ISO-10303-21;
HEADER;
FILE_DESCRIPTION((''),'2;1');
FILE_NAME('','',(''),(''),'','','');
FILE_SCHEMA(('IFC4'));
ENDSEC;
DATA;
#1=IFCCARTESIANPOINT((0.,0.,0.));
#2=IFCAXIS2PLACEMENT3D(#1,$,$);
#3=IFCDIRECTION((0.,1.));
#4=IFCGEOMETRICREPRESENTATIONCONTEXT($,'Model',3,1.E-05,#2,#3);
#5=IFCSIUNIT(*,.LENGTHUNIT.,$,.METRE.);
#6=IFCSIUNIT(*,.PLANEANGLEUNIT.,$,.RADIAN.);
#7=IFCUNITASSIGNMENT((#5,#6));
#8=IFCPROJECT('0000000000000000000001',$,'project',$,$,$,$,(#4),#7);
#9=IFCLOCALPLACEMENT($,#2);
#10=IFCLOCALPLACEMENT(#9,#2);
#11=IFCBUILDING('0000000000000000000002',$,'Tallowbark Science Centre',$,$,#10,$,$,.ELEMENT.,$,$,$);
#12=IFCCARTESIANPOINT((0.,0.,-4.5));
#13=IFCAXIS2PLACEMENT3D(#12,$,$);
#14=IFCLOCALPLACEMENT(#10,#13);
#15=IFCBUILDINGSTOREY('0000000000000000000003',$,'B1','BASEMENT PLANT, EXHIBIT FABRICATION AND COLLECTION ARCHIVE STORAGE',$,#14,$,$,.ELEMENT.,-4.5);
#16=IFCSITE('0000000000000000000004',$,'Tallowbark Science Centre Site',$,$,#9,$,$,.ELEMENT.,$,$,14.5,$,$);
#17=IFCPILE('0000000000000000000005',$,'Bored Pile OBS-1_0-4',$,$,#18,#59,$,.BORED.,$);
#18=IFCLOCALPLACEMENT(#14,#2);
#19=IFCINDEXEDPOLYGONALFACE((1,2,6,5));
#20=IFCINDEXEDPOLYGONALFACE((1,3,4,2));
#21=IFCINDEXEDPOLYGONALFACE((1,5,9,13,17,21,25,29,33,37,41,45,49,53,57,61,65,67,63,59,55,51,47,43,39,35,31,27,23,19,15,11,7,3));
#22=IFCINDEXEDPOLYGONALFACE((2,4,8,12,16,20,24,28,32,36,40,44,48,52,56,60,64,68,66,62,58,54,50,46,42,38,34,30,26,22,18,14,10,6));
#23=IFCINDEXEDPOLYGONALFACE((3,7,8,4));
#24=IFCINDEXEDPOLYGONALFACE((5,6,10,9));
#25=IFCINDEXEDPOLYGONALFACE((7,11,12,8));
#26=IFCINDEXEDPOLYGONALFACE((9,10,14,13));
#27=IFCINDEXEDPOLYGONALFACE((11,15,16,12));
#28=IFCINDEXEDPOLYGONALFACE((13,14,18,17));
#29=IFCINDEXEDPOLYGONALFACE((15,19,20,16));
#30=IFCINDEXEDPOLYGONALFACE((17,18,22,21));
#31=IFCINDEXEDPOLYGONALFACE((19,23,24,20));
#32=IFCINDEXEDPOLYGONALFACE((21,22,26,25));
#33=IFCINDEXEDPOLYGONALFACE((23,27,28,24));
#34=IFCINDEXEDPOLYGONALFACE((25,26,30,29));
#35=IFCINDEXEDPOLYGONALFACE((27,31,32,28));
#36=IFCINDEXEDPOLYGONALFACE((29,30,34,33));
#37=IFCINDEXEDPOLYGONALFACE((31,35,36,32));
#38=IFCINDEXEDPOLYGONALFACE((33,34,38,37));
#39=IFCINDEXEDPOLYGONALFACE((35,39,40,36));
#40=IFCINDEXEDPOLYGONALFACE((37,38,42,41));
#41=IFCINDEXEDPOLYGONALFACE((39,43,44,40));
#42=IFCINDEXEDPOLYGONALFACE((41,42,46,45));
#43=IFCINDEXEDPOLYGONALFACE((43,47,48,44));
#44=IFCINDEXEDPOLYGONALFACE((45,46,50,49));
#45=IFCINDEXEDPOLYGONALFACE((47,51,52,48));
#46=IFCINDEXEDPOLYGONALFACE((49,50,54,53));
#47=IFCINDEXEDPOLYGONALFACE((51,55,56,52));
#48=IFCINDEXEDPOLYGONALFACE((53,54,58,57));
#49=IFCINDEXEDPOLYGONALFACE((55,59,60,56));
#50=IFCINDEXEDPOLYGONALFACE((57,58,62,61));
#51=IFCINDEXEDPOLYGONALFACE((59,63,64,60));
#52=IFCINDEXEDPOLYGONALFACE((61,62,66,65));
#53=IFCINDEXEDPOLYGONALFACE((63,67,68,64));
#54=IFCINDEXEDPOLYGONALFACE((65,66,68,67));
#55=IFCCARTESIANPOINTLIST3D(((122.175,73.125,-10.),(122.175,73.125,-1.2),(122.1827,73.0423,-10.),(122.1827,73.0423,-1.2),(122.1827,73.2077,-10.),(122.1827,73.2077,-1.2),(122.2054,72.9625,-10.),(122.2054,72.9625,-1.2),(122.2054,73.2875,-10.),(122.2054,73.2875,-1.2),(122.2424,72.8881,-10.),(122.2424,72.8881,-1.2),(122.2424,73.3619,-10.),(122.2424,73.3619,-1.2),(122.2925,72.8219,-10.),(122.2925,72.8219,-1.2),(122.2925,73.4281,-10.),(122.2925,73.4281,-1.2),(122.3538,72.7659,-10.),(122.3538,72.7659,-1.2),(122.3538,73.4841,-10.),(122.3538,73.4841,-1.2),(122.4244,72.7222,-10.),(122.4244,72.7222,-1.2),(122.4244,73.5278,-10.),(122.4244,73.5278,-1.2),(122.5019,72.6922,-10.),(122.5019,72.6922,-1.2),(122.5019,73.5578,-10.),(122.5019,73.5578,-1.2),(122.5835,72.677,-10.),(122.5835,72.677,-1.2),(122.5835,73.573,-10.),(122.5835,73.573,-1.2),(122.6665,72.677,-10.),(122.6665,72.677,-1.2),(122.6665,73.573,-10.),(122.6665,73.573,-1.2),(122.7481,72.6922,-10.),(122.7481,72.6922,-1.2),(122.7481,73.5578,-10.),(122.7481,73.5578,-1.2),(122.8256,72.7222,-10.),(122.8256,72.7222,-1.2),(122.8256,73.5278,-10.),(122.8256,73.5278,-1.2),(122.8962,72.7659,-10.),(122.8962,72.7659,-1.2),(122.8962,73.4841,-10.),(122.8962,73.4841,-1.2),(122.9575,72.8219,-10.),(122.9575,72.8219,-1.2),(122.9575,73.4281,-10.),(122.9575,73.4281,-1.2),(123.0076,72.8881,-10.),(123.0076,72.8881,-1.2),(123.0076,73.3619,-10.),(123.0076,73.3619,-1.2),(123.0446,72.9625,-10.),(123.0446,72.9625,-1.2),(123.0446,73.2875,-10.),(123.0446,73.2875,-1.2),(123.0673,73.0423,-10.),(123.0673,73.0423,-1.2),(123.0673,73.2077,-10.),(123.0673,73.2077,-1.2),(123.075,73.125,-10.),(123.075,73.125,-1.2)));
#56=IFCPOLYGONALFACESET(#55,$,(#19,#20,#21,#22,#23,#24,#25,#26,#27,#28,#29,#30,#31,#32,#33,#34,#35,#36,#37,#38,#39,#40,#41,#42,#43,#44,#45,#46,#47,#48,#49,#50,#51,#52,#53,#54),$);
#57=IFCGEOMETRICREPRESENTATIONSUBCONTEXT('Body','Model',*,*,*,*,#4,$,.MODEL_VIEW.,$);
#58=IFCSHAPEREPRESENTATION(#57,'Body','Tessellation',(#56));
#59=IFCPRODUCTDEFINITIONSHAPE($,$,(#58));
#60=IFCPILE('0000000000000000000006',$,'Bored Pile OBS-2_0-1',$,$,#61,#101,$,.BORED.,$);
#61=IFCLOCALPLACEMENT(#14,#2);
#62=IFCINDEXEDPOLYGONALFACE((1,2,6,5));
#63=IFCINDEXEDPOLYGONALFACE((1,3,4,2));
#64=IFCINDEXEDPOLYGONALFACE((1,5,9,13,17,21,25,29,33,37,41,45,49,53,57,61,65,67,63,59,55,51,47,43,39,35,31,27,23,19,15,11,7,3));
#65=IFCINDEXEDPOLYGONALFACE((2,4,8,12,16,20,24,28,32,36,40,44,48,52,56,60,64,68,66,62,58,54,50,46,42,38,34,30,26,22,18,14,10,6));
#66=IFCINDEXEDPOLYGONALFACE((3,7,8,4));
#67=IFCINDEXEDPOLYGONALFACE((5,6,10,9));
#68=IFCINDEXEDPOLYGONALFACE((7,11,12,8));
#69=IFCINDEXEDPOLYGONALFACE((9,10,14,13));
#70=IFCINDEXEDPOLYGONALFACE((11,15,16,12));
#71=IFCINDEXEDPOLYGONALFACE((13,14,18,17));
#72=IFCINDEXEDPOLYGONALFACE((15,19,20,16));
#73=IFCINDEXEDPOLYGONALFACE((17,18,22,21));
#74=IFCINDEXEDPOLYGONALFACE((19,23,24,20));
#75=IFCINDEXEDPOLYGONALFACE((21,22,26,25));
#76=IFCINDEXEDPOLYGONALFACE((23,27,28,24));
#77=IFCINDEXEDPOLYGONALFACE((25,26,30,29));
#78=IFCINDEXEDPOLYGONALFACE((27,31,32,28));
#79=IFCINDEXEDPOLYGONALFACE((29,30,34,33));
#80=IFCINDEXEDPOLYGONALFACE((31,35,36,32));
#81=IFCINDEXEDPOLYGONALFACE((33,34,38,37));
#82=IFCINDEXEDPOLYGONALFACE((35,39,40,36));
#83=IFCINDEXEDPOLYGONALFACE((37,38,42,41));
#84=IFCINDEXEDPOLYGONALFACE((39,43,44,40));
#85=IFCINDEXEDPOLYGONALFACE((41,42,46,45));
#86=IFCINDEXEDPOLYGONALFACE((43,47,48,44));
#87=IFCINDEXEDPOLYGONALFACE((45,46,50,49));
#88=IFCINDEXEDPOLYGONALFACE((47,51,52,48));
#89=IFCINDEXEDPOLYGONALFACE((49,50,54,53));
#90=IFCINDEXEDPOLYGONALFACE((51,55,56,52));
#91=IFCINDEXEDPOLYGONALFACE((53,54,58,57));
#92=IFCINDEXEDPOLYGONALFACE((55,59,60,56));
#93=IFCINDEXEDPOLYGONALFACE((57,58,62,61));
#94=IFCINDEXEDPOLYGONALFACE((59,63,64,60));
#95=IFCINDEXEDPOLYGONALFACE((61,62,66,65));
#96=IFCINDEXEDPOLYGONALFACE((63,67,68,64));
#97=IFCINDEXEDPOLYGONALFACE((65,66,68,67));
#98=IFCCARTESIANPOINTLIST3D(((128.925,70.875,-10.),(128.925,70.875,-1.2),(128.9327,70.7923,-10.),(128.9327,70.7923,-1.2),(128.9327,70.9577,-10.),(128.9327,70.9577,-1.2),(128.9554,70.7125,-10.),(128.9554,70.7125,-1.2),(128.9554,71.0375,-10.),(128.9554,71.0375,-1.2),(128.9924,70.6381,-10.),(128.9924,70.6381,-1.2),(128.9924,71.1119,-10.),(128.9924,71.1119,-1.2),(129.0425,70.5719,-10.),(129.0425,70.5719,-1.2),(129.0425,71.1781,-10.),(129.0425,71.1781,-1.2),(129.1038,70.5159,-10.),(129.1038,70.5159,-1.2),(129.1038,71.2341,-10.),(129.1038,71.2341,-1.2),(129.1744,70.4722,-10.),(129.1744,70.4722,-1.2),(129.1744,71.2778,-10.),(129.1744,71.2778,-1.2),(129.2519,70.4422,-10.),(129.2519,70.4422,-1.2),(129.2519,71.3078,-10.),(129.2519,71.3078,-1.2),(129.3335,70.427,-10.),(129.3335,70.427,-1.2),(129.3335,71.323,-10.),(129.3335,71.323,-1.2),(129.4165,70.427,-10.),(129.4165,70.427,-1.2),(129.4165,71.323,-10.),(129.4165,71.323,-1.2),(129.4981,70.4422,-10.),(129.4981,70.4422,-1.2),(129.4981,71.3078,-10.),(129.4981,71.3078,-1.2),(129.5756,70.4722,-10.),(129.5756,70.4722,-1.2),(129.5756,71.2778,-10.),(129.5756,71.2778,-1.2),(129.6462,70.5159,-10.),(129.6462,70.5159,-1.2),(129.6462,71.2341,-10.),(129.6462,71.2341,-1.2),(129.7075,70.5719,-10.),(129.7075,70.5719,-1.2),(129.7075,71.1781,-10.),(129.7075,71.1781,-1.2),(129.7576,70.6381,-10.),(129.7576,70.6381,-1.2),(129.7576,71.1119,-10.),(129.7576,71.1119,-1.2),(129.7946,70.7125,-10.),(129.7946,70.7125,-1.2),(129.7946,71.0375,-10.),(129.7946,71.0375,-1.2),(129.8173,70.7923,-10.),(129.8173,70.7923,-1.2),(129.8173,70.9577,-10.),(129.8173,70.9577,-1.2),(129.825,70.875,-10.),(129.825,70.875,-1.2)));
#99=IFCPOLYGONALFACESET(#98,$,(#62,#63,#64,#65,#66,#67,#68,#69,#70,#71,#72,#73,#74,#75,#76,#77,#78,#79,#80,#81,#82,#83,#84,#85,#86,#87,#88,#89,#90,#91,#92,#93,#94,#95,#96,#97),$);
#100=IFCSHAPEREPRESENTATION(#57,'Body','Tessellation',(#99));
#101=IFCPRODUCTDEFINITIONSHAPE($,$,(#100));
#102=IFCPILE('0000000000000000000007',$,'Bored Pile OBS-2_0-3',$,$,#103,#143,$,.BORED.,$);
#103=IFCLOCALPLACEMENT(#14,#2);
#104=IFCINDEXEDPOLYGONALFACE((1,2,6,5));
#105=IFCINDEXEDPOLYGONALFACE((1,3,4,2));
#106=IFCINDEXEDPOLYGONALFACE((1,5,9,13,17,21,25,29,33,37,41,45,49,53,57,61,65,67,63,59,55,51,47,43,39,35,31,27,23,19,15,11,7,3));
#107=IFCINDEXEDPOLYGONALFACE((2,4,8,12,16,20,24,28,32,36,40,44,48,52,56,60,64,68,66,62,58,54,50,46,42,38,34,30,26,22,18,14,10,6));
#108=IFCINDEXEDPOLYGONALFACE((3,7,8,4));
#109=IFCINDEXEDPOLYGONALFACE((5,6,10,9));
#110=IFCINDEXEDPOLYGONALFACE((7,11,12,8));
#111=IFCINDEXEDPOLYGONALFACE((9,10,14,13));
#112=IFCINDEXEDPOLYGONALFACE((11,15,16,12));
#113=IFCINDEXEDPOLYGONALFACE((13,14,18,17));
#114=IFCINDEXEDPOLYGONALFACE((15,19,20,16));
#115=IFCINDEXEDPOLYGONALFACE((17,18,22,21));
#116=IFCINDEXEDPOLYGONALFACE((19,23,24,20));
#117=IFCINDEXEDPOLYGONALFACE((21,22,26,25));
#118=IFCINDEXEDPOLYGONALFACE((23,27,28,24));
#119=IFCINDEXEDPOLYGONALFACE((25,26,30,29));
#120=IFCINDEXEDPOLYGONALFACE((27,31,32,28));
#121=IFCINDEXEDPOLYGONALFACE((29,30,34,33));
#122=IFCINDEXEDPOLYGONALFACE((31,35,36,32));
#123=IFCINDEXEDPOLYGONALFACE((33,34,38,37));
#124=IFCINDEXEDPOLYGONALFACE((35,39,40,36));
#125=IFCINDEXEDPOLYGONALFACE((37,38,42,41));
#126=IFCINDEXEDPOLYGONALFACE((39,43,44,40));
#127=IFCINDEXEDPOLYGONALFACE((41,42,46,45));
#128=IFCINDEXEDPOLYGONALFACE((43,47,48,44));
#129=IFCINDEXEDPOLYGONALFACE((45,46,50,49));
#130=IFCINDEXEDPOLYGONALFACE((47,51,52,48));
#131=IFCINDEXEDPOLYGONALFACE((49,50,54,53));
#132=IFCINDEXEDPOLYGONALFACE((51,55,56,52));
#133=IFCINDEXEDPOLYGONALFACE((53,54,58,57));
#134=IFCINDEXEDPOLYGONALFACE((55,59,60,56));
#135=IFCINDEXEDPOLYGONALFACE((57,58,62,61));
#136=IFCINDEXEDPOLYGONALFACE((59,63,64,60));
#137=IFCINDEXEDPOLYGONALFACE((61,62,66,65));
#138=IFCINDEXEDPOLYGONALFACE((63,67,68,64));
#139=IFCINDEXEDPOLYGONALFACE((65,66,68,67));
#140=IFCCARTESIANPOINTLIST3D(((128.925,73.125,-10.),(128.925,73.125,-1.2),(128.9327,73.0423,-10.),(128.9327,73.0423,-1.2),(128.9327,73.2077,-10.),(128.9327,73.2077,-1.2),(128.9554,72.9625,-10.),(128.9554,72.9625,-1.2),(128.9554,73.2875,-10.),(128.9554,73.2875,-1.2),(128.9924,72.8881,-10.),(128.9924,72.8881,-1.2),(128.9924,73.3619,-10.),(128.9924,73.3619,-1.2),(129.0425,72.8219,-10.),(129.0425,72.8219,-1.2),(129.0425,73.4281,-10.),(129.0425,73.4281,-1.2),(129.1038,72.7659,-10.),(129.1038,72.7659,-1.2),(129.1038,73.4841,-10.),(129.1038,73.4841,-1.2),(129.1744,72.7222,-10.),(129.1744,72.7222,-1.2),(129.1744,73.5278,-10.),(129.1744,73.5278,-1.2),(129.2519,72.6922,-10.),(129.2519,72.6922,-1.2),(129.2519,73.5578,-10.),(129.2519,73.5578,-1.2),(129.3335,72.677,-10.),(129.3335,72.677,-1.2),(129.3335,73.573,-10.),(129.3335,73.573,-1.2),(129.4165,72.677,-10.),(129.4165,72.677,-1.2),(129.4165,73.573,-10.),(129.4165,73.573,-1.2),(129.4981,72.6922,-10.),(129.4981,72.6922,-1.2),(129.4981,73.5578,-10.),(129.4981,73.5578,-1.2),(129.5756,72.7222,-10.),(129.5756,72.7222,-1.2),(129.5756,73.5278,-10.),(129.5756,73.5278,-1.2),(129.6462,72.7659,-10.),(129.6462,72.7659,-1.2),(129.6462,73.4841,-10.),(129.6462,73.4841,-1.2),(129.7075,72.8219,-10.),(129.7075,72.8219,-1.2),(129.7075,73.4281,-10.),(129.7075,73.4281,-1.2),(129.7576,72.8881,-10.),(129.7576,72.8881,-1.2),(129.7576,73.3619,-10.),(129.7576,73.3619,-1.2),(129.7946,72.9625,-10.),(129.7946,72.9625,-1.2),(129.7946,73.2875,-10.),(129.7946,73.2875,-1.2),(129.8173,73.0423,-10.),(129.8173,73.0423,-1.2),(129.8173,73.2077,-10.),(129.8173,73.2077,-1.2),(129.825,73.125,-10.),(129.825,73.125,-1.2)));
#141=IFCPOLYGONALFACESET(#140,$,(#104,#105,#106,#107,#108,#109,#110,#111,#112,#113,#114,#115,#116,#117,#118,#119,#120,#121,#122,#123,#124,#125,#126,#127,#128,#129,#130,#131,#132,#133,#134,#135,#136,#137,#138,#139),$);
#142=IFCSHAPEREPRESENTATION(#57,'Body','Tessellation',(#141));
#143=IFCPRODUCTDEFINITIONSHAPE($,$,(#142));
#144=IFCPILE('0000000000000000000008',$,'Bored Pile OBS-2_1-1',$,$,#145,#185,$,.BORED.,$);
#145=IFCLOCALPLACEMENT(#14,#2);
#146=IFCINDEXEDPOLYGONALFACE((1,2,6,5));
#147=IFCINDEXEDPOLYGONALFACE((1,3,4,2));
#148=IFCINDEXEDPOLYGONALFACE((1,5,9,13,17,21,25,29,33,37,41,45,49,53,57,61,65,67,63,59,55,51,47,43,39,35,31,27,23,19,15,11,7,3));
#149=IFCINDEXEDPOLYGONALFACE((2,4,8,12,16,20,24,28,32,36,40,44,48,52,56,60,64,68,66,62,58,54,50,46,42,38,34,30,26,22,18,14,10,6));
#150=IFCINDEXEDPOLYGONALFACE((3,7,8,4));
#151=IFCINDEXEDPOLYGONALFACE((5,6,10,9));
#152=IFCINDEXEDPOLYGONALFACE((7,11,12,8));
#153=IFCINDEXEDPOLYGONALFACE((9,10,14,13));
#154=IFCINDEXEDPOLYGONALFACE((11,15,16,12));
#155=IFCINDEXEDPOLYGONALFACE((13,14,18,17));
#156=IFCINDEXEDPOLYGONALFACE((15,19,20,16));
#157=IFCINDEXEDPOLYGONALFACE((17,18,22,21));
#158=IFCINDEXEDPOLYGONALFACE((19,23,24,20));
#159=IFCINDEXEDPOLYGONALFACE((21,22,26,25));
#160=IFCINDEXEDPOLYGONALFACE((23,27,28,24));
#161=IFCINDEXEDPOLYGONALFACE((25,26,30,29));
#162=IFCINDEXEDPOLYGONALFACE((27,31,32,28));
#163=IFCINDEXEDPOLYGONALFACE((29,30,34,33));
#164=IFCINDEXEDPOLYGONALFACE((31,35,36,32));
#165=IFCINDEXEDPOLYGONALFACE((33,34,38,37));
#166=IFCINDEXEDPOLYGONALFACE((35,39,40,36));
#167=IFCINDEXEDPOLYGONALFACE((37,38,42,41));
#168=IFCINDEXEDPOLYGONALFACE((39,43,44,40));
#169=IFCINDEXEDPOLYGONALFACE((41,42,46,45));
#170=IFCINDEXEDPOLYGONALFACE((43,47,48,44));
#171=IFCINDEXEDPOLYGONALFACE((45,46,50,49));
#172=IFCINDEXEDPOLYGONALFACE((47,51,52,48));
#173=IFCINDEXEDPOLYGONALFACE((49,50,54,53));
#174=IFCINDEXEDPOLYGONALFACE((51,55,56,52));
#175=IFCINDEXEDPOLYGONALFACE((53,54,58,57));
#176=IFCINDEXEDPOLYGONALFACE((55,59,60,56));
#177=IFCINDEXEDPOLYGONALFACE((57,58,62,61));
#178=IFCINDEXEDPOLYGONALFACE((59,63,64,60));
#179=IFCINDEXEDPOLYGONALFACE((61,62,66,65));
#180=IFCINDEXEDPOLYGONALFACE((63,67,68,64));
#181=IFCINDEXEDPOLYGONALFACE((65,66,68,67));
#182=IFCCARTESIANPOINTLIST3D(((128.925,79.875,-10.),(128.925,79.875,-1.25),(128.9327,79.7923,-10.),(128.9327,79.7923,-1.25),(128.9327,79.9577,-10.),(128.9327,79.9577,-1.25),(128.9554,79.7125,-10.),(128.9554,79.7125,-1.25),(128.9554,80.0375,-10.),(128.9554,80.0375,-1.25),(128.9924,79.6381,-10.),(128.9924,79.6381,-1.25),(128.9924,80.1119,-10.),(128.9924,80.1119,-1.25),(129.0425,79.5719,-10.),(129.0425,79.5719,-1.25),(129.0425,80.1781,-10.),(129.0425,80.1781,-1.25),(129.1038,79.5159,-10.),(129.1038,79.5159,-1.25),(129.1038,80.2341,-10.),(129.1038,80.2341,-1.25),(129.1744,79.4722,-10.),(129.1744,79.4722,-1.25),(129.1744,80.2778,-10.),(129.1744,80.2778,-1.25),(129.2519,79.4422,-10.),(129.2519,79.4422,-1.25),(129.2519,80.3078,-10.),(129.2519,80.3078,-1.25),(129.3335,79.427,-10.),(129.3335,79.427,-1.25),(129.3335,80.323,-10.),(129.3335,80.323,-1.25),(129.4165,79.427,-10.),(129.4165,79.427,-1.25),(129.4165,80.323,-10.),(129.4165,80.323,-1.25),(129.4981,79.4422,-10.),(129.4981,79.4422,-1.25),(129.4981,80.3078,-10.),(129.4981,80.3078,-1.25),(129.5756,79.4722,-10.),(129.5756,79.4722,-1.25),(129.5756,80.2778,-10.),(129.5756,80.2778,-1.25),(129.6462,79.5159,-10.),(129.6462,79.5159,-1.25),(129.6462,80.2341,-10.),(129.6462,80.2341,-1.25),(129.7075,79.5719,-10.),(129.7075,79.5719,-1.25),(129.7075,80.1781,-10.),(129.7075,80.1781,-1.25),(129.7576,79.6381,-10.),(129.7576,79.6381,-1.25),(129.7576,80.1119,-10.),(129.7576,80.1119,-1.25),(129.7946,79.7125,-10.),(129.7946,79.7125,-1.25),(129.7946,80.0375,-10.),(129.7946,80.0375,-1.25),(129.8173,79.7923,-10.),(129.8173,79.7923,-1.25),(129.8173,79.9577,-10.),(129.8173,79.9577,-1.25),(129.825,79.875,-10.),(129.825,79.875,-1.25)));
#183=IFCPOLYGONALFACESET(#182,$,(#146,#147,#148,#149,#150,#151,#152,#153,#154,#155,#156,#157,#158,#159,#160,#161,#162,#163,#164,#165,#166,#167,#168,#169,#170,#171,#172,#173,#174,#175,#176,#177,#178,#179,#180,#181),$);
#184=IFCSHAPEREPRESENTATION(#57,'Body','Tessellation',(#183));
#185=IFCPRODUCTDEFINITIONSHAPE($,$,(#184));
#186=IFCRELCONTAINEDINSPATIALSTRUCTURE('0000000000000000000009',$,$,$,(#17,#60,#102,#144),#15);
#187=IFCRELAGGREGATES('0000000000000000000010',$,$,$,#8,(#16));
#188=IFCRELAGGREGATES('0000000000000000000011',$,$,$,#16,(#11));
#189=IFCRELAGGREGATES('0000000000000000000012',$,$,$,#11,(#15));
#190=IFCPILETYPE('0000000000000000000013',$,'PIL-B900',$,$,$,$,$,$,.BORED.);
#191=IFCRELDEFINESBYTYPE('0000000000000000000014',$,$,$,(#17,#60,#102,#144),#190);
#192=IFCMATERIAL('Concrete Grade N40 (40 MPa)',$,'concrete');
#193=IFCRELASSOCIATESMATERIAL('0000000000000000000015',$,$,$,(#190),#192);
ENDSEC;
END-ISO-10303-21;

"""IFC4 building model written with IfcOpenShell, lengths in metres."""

from ifc_helpers import new_model, si_unit, direction, frame, origin, origin_2d, place, context, subcontext, project, spatial, circle, extrude, material, material_profile, profile_set, type_object, element, save


model = new_model("IFC4")

# Units and contexts
model_context = context("Model", 3, precision=1e-05, world=origin(), true_north=direction((0.0, 1.0)))
body_context = subcontext(model_context, "Body", "Model", "MODEL_VIEW")
ifc_project = project(units=[si_unit("LENGTHUNIT", "METRE"), si_unit("PLANEANGLEUNIT", "RADIAN")], contexts=[model_context])

# Site, building, storey
site_placement = place(None, origin())
site = spatial("IfcSite", under=ifc_project, at=site_placement, Name="Tallowbark Science Centre Site", CompositionType="ELEMENT", RefElevation=14.5)
building_placement = place(site_placement, origin())
building = spatial("IfcBuilding", under=site, at=building_placement, Name="Tallowbark Science Centre", CompositionType="ELEMENT")
storey_placement = place(building_placement, frame((0.0, 0.0, -4.5)))
storey = spatial("IfcBuildingStorey", under=building, at=storey_placement, Name="B1", Description="BASEMENT PLANT, EXHIBIT FABRICATION AND COLLECTION ARCHIVE STORAGE", CompositionType="ELEMENT", Elevation=-4.5)

# Shared definitions
ifc_material_1 = material(Name="Concrete Grade N40 (40 MPa)", Category="concrete")

# Piles
ifc_material_profile_1 = material_profile(ifc_material_1, circle(Radius=0.45, at=origin_2d()), Name="PILE900")
ifc_profile_set_1 = profile_set([ifc_material_profile_1], Name="Concrete Grade N40 (40 MPa)")
pile_type_1 = type_object("IfcPileType", Name="PIL-B900", PredefinedType="BORED", material=ifc_profile_set_1)
for number, where, z_axis, x_axis, name in (
    (1, (122.625, 73.125, -1.2), (0.0, 0.0, -1.0), (1.0, 0.0, 0.0), "Bored Pile OBS-1_0-4"),
    (2, (129.375, 70.875, -1.2), (0.0, 0.0, -1.0), (1.0, 0.0, 0.0), "Bored Pile OBS-2_0-1"),
    (3, (129.375, 73.125, -1.2), (0.0, 0.0, -1.0), (1.0, 0.0, 0.0), "Bored Pile OBS-2_0-3"),
):
    element("IfcPile", number, at=place(storey_placement, frame(where, z_axis=z_axis, x_axis=x_axis)), inside=storey, type_object=pile_type_1, Name=name, PredefinedType="BORED", context=body_context, shape_type="SweptSolid", body=[
        extrude(circle(Radius=0.45, at=origin_2d()), origin(), (0.0, 0.0, 1.0), 8.8),
    ])
pile_1_placement = place(storey_placement, frame((129.375, 79.875, -1.25), z_axis=(0.0, 0.0, -1.0), x_axis=(1.0, 0.0, 0.0)))
element("IfcPile", 4, at=pile_1_placement, inside=storey, type_object=pile_type_1, Name="Bored Pile OBS-2_1-1", PredefinedType="BORED", context=body_context, shape_type="SweptSolid", body=[
    extrude(circle(Radius=0.45, at=origin_2d()), origin(), (0.0, 0.0, 1.0), 8.75),
])

save(model, "model.ifc")
